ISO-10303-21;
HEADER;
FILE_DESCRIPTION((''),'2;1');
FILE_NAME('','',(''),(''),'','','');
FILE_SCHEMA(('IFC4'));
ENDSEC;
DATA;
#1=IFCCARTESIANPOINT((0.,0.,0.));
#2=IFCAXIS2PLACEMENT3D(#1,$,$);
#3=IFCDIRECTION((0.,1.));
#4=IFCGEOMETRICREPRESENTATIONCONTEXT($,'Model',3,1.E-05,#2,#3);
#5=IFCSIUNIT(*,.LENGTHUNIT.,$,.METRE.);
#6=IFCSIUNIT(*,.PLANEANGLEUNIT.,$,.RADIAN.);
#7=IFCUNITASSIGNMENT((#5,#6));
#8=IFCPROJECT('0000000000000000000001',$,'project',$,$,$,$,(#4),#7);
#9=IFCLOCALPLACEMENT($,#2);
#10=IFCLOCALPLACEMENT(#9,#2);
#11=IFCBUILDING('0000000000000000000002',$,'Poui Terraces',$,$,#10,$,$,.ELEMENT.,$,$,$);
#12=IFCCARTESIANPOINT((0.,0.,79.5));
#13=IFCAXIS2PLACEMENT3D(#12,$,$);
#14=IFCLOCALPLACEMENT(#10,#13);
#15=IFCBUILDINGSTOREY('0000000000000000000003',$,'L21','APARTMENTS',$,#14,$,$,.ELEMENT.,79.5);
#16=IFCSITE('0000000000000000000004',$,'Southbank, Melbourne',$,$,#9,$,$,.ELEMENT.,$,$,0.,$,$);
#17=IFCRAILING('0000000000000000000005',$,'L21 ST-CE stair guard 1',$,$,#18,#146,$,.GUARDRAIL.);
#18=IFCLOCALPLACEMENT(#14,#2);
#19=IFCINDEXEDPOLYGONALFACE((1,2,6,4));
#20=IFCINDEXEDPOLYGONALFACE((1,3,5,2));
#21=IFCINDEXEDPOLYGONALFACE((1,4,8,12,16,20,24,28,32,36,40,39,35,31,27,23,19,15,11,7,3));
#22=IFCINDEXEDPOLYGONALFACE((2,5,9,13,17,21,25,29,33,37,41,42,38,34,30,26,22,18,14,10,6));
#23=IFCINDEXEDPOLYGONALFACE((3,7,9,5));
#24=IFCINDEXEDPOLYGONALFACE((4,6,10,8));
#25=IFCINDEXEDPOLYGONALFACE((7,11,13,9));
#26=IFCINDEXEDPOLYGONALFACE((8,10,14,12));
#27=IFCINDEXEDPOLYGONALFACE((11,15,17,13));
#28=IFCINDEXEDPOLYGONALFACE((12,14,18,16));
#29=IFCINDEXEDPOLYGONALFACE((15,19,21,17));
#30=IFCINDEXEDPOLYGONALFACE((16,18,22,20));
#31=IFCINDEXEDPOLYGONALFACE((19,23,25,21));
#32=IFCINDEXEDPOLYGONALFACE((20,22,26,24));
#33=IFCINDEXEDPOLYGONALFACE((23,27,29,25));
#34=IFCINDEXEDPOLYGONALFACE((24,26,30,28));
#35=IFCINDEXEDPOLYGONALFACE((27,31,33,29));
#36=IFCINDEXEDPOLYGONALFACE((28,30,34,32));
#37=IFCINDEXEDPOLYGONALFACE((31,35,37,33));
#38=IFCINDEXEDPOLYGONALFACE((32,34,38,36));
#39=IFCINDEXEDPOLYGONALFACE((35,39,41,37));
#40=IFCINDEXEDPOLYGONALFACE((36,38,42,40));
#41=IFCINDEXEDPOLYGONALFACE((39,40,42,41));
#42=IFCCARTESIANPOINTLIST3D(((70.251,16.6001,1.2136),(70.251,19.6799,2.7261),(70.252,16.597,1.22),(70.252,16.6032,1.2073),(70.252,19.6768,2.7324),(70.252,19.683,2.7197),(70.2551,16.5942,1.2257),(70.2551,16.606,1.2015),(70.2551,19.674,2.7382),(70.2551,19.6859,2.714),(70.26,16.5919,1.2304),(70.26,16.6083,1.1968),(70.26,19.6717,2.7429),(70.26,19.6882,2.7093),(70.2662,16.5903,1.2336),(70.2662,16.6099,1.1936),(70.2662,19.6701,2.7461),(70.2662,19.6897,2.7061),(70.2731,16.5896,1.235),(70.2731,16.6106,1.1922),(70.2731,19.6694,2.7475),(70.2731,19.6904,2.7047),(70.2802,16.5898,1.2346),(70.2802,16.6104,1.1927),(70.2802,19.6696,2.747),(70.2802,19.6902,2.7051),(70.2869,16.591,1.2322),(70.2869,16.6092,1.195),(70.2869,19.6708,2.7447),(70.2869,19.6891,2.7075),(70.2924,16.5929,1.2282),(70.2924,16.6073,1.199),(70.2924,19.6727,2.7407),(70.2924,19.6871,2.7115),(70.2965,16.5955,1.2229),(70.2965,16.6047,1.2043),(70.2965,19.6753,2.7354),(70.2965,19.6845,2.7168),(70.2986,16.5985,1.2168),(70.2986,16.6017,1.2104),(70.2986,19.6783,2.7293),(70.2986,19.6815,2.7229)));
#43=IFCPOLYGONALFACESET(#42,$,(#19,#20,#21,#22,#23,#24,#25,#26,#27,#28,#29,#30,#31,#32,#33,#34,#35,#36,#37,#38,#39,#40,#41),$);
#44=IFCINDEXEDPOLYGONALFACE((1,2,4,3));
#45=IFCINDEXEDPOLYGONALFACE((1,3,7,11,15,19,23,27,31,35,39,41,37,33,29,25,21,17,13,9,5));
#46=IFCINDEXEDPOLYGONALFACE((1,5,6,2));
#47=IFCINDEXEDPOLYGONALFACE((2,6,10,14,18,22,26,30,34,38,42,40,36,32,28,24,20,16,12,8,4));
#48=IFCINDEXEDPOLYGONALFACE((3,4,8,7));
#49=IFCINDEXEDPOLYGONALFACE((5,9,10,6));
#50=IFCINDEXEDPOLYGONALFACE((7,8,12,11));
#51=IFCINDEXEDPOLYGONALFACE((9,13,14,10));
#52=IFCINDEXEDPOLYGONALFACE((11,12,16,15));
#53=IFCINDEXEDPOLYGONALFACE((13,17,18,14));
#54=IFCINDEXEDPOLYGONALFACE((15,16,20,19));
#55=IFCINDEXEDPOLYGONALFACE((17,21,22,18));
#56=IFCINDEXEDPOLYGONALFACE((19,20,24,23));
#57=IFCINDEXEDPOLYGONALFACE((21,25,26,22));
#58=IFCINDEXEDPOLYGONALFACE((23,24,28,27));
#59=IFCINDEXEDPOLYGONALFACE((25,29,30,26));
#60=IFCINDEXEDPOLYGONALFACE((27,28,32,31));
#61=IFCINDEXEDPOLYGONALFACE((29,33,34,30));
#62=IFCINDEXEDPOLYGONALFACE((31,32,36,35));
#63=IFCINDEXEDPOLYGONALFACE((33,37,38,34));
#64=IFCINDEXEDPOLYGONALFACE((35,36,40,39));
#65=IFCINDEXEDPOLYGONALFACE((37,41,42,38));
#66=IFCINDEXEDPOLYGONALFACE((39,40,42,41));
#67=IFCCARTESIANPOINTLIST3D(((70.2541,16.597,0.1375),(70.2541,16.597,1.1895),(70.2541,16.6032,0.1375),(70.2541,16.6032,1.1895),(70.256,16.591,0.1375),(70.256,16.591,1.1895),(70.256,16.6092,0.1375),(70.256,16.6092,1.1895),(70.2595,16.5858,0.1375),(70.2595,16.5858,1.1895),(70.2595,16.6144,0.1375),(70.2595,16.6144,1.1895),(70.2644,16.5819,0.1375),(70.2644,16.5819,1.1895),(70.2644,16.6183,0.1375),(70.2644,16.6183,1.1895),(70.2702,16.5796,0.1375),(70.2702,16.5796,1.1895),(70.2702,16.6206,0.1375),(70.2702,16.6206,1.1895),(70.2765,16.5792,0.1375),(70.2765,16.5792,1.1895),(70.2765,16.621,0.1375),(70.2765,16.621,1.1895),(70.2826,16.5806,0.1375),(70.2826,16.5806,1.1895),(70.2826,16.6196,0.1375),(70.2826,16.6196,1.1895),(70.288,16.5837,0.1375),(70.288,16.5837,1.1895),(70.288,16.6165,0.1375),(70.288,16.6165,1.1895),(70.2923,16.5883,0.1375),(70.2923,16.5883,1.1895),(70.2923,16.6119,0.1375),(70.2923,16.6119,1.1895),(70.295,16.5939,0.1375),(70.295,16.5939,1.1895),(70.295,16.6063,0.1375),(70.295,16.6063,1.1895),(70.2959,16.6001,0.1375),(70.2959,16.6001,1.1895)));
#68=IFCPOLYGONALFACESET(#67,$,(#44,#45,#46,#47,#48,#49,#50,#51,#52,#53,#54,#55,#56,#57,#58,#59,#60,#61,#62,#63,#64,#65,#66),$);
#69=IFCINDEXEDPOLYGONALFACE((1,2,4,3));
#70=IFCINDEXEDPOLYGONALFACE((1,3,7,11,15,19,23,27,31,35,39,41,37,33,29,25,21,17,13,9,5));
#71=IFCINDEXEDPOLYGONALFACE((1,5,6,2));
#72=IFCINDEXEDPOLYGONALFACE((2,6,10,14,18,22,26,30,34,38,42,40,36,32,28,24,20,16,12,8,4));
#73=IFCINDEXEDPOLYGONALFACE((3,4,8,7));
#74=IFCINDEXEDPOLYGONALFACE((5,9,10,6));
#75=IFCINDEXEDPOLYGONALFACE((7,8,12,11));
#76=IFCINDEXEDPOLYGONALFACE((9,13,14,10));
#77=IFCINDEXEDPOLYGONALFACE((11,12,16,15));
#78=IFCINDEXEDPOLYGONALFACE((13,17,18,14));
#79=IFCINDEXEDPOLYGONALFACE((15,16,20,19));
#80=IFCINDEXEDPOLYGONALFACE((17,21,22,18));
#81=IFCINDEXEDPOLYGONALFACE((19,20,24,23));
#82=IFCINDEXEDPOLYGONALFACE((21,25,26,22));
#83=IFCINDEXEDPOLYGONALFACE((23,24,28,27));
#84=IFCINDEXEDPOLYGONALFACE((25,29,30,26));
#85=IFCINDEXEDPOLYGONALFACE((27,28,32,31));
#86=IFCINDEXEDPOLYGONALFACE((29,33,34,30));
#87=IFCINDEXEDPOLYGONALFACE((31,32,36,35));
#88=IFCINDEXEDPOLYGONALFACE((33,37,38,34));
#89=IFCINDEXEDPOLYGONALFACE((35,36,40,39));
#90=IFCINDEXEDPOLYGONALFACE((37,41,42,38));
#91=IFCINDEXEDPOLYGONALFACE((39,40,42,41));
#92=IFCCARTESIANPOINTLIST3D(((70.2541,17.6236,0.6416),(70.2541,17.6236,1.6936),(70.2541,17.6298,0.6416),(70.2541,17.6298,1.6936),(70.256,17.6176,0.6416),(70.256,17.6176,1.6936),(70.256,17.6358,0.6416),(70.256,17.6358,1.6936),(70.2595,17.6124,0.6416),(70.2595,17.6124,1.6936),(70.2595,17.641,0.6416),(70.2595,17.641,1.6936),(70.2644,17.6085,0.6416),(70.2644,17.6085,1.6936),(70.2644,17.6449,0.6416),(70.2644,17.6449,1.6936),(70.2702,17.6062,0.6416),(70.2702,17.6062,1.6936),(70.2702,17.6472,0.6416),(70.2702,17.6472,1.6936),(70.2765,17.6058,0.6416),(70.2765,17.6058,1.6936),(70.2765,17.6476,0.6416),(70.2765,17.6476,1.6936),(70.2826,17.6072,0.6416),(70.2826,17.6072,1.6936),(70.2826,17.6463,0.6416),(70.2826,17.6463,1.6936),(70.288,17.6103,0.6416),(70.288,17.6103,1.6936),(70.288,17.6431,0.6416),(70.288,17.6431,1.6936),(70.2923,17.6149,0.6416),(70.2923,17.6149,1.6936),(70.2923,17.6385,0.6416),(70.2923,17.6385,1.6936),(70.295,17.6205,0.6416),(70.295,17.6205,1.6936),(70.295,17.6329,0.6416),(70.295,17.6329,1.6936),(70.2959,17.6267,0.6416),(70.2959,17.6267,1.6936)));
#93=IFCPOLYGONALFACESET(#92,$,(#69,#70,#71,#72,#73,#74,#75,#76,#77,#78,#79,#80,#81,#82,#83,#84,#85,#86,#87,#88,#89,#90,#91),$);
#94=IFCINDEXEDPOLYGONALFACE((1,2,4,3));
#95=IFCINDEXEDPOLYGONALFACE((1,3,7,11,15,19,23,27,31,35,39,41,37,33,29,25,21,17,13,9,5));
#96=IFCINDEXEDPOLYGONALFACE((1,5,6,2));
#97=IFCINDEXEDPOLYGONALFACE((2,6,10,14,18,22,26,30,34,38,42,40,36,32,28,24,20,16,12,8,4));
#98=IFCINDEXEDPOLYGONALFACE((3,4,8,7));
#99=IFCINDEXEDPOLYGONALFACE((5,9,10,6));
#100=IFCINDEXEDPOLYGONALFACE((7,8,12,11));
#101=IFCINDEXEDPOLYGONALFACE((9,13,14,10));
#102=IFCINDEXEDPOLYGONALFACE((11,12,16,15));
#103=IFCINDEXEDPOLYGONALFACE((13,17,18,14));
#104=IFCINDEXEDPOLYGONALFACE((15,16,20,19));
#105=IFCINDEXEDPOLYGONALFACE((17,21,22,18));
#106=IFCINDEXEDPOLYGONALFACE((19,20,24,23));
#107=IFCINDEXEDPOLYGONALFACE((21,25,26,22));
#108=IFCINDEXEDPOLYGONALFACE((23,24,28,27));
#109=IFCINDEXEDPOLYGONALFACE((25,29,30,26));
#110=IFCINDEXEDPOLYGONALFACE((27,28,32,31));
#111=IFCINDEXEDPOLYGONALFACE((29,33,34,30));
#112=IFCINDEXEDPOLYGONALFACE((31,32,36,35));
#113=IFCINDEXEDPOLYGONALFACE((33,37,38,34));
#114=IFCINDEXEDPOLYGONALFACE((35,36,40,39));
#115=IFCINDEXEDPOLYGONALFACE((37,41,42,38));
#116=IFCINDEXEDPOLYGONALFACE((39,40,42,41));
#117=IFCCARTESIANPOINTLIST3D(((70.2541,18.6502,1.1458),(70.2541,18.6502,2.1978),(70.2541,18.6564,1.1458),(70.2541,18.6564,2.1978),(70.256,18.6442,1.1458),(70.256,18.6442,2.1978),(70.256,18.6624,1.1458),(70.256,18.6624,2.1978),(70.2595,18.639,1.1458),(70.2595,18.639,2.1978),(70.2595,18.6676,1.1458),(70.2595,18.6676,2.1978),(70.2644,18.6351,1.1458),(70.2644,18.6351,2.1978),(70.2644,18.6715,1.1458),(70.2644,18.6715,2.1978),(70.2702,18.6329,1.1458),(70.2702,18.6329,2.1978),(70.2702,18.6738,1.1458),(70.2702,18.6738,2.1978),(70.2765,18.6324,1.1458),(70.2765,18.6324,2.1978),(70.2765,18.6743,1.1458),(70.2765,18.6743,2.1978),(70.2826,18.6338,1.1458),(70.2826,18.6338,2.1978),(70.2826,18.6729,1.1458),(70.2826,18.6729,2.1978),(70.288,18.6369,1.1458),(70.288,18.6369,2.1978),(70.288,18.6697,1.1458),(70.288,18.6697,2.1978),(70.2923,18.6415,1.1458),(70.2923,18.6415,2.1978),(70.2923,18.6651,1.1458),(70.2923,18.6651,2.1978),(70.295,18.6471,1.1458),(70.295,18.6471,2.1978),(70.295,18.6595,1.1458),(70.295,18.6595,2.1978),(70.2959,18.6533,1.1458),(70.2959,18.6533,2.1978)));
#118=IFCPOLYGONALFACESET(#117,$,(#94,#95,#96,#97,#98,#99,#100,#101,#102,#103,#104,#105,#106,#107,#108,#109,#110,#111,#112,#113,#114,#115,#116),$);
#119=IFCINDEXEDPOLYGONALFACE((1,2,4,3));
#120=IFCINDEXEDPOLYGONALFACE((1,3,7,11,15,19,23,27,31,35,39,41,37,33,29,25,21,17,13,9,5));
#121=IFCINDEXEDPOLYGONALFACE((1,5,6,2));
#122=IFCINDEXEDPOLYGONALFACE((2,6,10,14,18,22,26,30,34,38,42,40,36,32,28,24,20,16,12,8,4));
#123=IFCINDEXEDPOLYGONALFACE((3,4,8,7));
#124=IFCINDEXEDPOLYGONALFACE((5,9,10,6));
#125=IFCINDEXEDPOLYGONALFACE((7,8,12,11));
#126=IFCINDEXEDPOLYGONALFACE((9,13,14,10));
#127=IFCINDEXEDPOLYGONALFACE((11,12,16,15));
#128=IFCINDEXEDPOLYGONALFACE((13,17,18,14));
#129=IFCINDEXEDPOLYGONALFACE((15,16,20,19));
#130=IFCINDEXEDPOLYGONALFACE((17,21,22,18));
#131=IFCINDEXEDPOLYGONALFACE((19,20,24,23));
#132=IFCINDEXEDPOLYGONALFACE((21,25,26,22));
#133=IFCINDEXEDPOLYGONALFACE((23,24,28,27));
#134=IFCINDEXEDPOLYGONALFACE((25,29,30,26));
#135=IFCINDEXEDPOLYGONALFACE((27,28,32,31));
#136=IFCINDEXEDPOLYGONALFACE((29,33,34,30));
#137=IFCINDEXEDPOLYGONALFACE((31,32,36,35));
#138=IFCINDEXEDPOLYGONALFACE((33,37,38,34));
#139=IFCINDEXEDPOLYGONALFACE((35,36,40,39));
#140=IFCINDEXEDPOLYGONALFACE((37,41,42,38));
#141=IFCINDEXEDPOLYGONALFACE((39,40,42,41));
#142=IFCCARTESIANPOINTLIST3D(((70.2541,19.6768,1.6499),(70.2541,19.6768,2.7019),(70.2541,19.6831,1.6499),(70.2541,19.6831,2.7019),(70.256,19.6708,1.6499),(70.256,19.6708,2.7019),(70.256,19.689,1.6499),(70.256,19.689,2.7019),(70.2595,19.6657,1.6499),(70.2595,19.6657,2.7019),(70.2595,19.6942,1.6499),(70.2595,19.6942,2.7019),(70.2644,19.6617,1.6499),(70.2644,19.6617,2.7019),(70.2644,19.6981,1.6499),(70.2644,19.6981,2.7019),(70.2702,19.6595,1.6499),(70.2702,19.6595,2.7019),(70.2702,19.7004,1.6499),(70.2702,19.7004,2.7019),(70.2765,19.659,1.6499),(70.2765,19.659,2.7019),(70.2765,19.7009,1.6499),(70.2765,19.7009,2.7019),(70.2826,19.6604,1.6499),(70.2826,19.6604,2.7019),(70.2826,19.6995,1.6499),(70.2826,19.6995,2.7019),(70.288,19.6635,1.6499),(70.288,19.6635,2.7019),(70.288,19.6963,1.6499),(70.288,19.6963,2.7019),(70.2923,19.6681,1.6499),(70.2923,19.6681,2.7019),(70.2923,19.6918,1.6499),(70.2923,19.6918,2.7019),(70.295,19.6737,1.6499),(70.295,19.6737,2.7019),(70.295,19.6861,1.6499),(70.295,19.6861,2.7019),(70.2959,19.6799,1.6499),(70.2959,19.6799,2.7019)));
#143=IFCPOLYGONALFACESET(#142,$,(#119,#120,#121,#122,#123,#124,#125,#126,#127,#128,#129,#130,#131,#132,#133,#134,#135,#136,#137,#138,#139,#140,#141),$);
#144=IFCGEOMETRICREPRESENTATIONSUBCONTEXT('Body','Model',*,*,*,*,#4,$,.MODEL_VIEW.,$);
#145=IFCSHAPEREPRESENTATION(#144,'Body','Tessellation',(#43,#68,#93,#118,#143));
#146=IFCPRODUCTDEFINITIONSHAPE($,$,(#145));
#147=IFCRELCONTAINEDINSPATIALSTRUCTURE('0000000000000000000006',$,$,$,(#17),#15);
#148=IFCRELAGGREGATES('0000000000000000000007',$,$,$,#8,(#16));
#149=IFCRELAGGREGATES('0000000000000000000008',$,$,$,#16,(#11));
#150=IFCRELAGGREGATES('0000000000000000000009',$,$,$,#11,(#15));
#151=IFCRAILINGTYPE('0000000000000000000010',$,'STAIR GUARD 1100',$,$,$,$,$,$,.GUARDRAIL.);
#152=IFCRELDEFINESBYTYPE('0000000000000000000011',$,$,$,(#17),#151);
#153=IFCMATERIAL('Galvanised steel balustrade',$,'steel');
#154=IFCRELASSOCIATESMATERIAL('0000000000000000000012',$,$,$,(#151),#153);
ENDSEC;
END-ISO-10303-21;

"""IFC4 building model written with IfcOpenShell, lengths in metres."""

from ifc_helpers import new_model, si_unit, direction, frame, origin, origin_2d, place, context, subcontext, project, spatial, circle, extrude, material, type_object, element, save


model = new_model("IFC4")

# Units and contexts
model_context = context("Model", 3, precision=1e-05, world=origin(), true_north=direction((0.0, 1.0)))
body_context = subcontext(model_context, "Body", "Model", "MODEL_VIEW")
ifc_project = project(units=[si_unit("LENGTHUNIT", "METRE"), si_unit("PLANEANGLEUNIT", "RADIAN")], contexts=[model_context])

# Site, building, storey
site_placement = place(None, origin())
site = spatial("IfcSite", under=ifc_project, at=site_placement, Name="Southbank, Melbourne", CompositionType="ELEMENT", RefElevation=0.0)
building_placement = place(site_placement, origin())
building = spatial("IfcBuilding", under=site, at=building_placement, Name="Poui Terraces", CompositionType="ELEMENT")
storey_placement = place(building_placement, frame((0.0, 0.0, 79.5)))
storey = spatial("IfcBuildingStorey", under=building, at=storey_placement, Name="L21", Description="APARTMENTS", CompositionType="ELEMENT", Elevation=79.5)

# Railing
ifc_material_1 = material(Name="Galvanised steel balustrade", Category="steel")
railing_type_1 = type_object("IfcRailingType", Name="STAIR GUARD 1100", PredefinedType="GUARDRAIL", material=ifc_material_1)
railing_1_placement = place(storey_placement, frame((70.2749, 16.6001, 0.1375)))
element("IfcRailing", 1, at=railing_1_placement, inside=storey, type_object=railing_type_1, Name="L21 ST-CE stair guard 1", PredefinedType="GUARDRAIL", context=body_context, shape_type="SweptSolid", body=[
    extrude(circle(Radius=0.0239, at=origin_2d()), frame((0.0, 0.0, 1.0762), z_axis=(0.0, 0.897606, 0.440798), x_axis=(-1.0, 0.0, 0.0)), (0.0, 0.0, 1.0), 3.4312),
    extrude(circle(Radius=0.021, at=origin_2d()), origin(), (0.0, 0.0, 1.0), 1.052),
    extrude(circle(Radius=0.021, at=origin_2d()), frame((0.0, 1.0266, 0.5042)), (0.0, 0.0, 1.0), 1.052),
    extrude(circle(Radius=0.021, at=origin_2d()), frame((0.0, 2.0532, 1.0083)), (0.0, 0.0, 1.0), 1.052),
    extrude(circle(Radius=0.021, at=origin_2d()), frame((0.0, 3.0798, 1.5125)), (0.0, 0.0, 1.0), 1.052),
])

save(model, "model.ifc")
